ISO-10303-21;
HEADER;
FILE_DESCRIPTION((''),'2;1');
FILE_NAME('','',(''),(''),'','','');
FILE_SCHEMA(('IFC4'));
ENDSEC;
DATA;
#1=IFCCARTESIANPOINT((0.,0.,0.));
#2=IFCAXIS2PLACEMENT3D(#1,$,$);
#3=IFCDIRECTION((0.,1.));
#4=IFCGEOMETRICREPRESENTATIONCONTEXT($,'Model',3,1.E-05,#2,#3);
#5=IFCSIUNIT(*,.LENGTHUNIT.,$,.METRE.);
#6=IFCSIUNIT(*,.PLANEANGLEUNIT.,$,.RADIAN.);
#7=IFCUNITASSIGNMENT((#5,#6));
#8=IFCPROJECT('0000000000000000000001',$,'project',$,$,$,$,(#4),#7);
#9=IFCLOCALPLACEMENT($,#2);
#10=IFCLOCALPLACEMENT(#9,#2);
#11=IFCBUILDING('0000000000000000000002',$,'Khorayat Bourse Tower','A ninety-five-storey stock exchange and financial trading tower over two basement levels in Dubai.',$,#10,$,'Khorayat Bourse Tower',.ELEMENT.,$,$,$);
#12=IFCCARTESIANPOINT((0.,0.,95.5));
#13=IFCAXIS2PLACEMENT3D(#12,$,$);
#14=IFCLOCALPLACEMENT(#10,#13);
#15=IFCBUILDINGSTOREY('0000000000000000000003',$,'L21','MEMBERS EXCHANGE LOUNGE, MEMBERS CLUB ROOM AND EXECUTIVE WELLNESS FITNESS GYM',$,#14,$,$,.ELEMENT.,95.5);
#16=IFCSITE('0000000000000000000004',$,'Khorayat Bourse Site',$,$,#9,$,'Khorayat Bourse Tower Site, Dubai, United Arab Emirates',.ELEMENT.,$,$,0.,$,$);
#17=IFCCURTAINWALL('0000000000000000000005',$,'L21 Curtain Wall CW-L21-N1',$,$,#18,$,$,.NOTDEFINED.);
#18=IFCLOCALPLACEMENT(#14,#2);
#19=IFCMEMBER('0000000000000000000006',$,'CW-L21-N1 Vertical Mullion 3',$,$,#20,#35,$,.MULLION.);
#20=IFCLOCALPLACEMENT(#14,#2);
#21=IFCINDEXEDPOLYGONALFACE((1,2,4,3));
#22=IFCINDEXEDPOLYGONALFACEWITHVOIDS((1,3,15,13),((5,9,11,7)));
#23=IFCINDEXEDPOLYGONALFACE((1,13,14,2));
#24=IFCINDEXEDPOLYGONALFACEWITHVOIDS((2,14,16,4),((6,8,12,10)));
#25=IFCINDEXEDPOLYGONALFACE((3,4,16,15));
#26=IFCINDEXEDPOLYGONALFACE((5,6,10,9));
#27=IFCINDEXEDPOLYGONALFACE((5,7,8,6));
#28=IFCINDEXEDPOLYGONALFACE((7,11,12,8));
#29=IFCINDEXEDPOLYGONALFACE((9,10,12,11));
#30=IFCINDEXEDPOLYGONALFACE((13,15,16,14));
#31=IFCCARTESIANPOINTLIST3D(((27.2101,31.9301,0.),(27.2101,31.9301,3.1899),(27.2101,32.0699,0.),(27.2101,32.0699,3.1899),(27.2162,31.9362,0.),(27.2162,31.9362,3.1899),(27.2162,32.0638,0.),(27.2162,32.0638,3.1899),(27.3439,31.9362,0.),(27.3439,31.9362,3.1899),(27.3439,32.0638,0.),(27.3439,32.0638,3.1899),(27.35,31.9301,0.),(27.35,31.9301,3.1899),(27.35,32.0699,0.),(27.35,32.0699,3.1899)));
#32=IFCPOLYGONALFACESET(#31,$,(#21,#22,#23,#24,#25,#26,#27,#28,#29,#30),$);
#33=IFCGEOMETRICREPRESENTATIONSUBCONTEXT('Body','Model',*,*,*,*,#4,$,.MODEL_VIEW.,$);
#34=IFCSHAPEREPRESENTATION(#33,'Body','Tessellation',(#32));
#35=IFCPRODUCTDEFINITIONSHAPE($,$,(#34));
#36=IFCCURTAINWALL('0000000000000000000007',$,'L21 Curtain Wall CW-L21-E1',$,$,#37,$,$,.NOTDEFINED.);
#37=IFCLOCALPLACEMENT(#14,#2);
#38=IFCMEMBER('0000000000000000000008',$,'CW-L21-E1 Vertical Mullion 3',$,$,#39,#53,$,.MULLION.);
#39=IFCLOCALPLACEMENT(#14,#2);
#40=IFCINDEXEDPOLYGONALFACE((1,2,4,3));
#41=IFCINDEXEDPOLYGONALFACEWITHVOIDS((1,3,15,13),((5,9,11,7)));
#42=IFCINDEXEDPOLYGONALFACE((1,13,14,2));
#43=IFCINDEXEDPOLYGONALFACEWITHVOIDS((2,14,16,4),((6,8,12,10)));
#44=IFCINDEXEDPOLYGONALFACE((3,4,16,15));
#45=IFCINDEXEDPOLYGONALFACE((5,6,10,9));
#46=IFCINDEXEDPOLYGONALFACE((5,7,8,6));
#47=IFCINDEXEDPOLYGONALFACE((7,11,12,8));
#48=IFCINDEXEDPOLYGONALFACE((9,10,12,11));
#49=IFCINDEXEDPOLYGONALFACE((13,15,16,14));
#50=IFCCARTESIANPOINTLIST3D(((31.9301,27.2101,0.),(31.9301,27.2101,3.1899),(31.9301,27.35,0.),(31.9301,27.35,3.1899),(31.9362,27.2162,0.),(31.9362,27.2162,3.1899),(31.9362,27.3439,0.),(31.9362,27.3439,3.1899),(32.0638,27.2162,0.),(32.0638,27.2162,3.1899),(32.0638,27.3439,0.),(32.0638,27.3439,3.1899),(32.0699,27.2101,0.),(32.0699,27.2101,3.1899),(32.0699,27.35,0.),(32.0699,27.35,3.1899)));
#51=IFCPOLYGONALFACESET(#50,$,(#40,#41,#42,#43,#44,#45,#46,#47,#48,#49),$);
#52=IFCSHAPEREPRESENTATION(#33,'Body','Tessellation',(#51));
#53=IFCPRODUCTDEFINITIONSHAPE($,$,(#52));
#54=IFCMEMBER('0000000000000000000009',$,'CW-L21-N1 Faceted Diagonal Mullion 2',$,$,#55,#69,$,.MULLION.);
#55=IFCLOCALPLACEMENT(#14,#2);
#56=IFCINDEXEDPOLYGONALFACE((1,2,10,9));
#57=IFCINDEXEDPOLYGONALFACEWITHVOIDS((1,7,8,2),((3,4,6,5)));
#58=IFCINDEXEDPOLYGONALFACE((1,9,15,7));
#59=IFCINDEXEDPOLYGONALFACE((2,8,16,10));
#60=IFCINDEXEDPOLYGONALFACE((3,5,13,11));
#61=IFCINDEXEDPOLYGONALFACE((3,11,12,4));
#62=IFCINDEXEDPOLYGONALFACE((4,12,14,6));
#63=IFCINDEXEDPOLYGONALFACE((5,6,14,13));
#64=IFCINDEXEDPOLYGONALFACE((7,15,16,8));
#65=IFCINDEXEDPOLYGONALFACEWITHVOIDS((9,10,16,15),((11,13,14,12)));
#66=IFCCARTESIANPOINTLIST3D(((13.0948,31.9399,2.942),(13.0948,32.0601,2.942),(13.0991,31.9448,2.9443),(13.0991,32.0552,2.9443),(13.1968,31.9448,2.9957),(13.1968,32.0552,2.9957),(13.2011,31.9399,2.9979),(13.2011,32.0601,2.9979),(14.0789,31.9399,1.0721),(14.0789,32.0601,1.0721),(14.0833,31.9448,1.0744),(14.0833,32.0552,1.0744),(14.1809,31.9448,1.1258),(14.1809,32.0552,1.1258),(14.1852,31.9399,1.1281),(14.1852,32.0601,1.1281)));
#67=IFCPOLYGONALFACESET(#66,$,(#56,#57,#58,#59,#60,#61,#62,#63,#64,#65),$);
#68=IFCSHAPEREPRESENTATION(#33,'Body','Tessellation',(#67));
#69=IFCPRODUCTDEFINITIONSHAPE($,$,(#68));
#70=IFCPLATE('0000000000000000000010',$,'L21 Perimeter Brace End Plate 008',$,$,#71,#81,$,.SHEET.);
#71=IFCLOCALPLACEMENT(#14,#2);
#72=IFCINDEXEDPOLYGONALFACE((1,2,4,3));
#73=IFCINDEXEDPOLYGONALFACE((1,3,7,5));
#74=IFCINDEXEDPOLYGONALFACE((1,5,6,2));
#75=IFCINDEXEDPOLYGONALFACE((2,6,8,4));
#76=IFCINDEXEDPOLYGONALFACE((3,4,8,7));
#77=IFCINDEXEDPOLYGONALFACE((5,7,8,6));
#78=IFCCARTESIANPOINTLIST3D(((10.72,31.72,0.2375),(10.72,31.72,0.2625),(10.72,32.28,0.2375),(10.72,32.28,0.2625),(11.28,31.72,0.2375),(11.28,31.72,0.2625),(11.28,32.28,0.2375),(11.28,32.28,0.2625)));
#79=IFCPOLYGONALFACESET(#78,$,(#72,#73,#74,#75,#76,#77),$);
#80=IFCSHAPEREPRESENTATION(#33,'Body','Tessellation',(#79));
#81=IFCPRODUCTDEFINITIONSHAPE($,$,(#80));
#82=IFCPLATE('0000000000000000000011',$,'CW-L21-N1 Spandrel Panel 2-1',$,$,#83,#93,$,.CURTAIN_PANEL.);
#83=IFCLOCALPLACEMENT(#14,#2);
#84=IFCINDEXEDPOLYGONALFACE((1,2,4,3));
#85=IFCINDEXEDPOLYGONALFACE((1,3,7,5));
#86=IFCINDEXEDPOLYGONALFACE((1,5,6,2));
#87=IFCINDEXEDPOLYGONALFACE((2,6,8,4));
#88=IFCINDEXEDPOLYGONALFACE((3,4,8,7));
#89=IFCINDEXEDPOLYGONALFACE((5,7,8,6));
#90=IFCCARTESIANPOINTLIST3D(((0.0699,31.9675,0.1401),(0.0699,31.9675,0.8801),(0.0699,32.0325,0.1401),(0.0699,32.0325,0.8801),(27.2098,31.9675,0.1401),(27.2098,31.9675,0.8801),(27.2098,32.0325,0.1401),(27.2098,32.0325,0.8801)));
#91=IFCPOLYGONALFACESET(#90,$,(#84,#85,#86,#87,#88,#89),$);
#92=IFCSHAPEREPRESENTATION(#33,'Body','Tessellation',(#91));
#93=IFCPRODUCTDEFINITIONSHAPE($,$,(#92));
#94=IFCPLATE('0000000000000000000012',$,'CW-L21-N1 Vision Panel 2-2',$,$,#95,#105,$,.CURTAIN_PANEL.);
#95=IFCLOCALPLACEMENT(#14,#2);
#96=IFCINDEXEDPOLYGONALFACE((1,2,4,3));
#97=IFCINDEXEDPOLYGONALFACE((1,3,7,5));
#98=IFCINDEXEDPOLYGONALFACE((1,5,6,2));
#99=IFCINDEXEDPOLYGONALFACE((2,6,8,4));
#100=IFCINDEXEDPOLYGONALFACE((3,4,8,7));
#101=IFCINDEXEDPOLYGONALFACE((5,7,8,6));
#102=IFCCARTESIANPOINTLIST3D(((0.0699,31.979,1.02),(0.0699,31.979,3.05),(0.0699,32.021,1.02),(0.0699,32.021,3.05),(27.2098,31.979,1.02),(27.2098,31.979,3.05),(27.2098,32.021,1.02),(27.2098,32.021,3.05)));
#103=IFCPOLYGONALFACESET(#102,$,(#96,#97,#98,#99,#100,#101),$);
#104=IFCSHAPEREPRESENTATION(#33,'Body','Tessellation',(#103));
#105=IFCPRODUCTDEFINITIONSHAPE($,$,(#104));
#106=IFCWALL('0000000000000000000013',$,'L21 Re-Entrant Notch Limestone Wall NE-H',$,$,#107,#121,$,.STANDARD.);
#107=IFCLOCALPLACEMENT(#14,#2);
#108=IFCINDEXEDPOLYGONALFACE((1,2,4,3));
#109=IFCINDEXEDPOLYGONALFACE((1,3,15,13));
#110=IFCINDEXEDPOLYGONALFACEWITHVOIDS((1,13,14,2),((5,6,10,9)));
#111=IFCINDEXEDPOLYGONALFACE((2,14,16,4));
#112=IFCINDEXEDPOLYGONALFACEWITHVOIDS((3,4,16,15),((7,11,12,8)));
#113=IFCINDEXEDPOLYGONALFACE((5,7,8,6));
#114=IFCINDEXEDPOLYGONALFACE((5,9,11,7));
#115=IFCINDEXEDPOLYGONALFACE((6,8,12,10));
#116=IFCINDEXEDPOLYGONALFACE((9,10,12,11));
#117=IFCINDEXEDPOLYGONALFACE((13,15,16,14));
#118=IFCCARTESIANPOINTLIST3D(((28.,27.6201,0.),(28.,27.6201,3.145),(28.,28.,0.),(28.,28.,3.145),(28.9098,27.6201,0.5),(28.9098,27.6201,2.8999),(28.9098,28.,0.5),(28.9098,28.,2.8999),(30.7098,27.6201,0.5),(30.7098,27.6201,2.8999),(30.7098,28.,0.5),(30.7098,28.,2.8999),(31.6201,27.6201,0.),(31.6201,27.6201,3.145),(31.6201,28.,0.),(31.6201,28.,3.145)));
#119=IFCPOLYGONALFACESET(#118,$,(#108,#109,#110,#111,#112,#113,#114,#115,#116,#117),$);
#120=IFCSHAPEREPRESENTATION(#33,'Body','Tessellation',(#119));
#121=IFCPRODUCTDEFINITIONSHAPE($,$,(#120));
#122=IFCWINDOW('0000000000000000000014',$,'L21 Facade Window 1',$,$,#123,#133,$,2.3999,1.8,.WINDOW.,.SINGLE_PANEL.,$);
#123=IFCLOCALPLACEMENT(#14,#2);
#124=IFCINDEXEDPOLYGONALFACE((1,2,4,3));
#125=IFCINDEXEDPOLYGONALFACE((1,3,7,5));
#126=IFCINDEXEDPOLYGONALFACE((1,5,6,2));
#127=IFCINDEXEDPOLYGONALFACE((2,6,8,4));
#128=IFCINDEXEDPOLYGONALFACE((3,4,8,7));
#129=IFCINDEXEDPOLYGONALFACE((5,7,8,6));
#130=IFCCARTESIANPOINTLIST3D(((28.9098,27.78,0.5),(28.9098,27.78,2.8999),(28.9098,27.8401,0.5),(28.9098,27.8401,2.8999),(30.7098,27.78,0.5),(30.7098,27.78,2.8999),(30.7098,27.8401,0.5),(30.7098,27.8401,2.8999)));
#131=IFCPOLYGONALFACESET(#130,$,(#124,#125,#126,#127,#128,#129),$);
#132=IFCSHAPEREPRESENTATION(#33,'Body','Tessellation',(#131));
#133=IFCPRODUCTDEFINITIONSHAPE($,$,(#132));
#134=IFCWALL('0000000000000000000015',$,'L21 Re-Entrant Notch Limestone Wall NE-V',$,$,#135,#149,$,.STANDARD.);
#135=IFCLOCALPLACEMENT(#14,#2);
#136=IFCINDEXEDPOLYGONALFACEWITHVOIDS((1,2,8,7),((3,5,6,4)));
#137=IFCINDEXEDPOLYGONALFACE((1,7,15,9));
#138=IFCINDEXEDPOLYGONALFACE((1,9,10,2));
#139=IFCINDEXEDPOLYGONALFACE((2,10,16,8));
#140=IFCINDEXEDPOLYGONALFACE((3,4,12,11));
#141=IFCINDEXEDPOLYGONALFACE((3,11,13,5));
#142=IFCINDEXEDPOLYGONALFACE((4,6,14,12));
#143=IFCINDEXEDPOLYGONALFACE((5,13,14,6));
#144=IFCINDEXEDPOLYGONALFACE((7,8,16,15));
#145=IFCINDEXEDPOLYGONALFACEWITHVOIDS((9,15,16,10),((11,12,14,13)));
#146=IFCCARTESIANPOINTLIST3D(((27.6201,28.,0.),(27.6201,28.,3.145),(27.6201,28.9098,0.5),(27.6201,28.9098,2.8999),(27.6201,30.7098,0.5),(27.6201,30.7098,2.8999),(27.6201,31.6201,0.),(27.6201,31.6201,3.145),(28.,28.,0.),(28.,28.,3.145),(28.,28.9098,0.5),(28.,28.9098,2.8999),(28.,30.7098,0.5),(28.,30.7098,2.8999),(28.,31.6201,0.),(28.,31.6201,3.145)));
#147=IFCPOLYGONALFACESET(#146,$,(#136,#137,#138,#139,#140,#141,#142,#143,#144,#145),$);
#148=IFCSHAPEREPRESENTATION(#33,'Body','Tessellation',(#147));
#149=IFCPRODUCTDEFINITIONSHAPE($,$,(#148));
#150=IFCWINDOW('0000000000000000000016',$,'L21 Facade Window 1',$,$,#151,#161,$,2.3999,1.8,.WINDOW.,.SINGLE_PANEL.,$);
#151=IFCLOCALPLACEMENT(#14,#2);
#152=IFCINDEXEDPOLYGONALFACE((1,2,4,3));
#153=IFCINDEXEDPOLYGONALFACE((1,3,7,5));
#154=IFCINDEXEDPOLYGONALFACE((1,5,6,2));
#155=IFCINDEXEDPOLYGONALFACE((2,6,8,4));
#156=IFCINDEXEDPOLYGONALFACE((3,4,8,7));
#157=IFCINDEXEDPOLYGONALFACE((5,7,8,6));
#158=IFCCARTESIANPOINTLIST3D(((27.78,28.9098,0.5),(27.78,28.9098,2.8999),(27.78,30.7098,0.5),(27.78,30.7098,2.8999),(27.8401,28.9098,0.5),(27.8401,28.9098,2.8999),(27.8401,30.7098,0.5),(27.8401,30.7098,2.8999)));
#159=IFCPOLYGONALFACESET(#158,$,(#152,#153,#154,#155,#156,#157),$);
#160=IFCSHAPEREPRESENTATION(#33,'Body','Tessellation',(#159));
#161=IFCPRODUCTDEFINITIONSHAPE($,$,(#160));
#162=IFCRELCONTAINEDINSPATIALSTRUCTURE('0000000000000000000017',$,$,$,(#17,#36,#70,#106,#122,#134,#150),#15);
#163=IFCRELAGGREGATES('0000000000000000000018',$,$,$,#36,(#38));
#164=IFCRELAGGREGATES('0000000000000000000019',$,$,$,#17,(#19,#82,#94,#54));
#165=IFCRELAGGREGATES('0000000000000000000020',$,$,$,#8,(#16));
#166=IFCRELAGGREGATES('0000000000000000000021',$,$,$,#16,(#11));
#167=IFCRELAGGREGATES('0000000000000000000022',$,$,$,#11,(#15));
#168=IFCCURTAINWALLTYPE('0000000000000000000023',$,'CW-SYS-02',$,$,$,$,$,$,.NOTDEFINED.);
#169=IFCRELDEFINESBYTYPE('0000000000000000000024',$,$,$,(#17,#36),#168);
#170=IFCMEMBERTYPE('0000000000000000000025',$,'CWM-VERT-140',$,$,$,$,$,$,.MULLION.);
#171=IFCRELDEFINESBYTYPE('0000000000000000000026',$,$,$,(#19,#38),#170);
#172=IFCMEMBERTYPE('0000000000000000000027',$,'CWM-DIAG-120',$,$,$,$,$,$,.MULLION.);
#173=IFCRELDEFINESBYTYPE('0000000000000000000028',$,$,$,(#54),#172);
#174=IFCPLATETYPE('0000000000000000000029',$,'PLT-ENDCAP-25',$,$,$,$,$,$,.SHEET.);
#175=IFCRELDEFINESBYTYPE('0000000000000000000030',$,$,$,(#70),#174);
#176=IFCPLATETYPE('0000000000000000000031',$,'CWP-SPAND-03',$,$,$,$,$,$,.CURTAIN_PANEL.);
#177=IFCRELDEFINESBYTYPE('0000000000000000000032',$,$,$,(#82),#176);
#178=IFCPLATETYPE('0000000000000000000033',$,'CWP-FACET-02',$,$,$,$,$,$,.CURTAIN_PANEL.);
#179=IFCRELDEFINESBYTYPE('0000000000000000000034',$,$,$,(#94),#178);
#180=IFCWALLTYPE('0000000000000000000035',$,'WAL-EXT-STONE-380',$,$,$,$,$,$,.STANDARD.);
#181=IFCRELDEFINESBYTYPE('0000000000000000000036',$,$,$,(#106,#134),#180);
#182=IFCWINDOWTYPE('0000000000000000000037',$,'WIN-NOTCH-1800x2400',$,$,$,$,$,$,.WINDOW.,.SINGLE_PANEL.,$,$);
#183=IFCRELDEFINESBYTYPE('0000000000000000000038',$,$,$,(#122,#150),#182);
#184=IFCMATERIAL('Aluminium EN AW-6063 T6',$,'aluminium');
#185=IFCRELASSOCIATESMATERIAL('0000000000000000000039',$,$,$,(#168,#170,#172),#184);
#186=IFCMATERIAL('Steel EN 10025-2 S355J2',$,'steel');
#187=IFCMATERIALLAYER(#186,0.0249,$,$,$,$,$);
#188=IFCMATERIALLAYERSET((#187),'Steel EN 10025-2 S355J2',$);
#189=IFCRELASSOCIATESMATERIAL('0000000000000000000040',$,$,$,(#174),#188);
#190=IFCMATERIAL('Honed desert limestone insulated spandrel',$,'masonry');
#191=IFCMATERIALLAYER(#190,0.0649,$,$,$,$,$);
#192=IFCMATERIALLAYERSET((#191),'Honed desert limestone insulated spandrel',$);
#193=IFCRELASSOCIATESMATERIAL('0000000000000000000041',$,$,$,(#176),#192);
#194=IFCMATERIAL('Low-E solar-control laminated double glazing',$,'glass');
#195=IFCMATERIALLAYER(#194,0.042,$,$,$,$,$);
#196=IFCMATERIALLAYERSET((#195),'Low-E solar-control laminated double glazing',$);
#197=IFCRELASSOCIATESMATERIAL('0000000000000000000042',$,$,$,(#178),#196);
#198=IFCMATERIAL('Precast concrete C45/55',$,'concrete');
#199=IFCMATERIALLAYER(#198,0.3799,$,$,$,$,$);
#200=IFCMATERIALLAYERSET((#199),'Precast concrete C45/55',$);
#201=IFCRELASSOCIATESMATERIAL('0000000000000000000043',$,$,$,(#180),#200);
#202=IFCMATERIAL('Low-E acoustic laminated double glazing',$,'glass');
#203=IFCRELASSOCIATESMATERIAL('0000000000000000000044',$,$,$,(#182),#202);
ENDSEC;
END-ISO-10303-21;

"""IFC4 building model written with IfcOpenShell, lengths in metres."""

from ifc_helpers import new_model, si_unit, direction, frame, frame_2d, origin, origin_2d, place, context, subcontext, project, spatial, rectangle, hollow_rectangle, extrude, source, transform, mapped, material, layer, layer_set, material_profile, profile_set, type_object, element, fill, aggregate, save


model = new_model("IFC4")

# Units and contexts
model_context = context("Model", 3, precision=1e-05, world=origin(), true_north=direction((0.0, 1.0)))
body_context = subcontext(model_context, "Body", "Model", "MODEL_VIEW")
ifc_project = project(units=[si_unit("LENGTHUNIT", "METRE"), si_unit("PLANEANGLEUNIT", "RADIAN")], contexts=[model_context])

# Site, building, storey
site_placement = place(None, origin())
site = spatial("IfcSite", under=ifc_project, at=site_placement, Name="Khorayat Bourse Site", LongName="Khorayat Bourse Tower Site, Dubai, United Arab Emirates", CompositionType="ELEMENT", RefElevation=0.0)
building_placement = place(site_placement, origin())
building = spatial("IfcBuilding", under=site, at=building_placement, Name="Khorayat Bourse Tower", Description="A ninety-five-storey stock exchange and financial trading tower over two basement levels in Dubai.", LongName="Khorayat Bourse Tower", CompositionType="ELEMENT")
storey_placement = place(building_placement, frame((0.0, 0.0, 95.5)))
storey = spatial("IfcBuildingStorey", under=building, at=storey_placement, Name="L21", Description="MEMBERS EXCHANGE LOUNGE, MEMBERS CLUB ROOM AND EXECUTIVE WELLNESS FITNESS GYM", CompositionType="ELEMENT", Elevation=95.5)

# Curtain walls, members
ifc_material_1 = material(Name="Aluminium EN AW-6063 T6", Category="aluminium")
curtain_wall_type = type_object("IfcCurtainWallType", Name="CW-SYS-02", PredefinedType="NOTDEFINED", material=ifc_material_1)
curtain_wall_1_placement = place(storey_placement, origin())
curtain_wall_1 = element("IfcCurtainWall", 1, at=curtain_wall_1_placement, inside=storey, type_object=curtain_wall_type, Name="L21 Curtain Wall CW-L21-N1", PredefinedType="NOTDEFINED")
ifc_material_profile_1 = material_profile(ifc_material_1, hollow_rectangle(XDim=0.1399, YDim=0.1399, WallThickness=0.0061, at=origin_2d()), Name="ALU 140x140x6")
ifc_profile_set_1 = profile_set([ifc_material_profile_1], Name="Aluminium EN AW-6063 T6")
member_type_1 = type_object("IfcMemberType", Name="CWM-VERT-140", PredefinedType="MULLION", material=ifc_profile_set_1)
shared_shape_1 = source(origin(), body_context, "Body", "SweptSolid", [
    extrude(hollow_rectangle(XDim=0.1399, YDim=0.1399, WallThickness=0.0061, at=origin_2d()), origin(), (0.0, 0.0, 1.0), 3.1899),
])
member_1_placement = place(storey_placement, frame((27.28, 32.0, 0.0), z_axis=(0.0, 0.0, 1.0), x_axis=(0.0, 1.0, 0.0)))
member_1 = element("IfcMember", 2, at=member_1_placement, type_object=member_type_1, Name="CW-L21-N1 Vertical Mullion 3", PredefinedType="MULLION", context=body_context, shape_type="MappedRepresentation", body=[
    mapped(shared_shape_1, transform((0.0, 0.0, 0.0), scale=1.0)),
])
curtain_wall_2_placement = place(storey_placement, origin())
curtain_wall_2 = element("IfcCurtainWall", 3, at=curtain_wall_2_placement, inside=storey, type_object=curtain_wall_type, Name="L21 Curtain Wall CW-L21-E1", PredefinedType="NOTDEFINED")
member_2_placement = place(storey_placement, frame((32.0, 27.28, 0.0), z_axis=(0.0, 0.0, 1.0), x_axis=(-1.0, 0.0, 0.0)))
member_2 = element("IfcMember", 4, at=member_2_placement, type_object=member_type_1, Name="CW-L21-E1 Vertical Mullion 3", PredefinedType="MULLION", context=body_context, shape_type="MappedRepresentation", body=[
    mapped(shared_shape_1, transform((0.0, 0.0, 0.0), scale=1.0)),
])
aggregate(curtain_wall_2, [member_2])

# Member
ifc_material_profile_2 = material_profile(ifc_material_1, hollow_rectangle(XDim=0.1201, YDim=0.1201, WallThickness=0.0049, at=origin_2d()), Name="ALU 120x120x5")
ifc_profile_set_2 = profile_set([ifc_material_profile_2], Name="Aluminium EN AW-6063 T6")
member_type_2 = type_object("IfcMemberType", Name="CWM-DIAG-120", PredefinedType="MULLION", material=ifc_profile_set_2)
shared_shape_2 = source(origin(), body_context, "Body", "SweptSolid", [
    extrude(hollow_rectangle(XDim=0.1201, YDim=0.1201, WallThickness=0.0049, at=origin_2d()), origin(), (0.0, 0.0, 1.0), 2.113),
])
member_3_placement = place(storey_placement, frame((14.1321, 32.0, 1.1001), z_axis=(-0.465742, 0.0, 0.884921), x_axis=(0.0, -1.0, 0.0)))
member_3 = element("IfcMember", 5, at=member_3_placement, type_object=member_type_2, Name="CW-L21-N1 Faceted Diagonal Mullion 2", PredefinedType="MULLION", context=body_context, shape_type="MappedRepresentation", body=[
    mapped(shared_shape_2, transform((0.0, 0.0, 0.0), scale=1.0)),
])

# Plates
ifc_material_2 = material(Name="Steel EN 10025-2 S355J2", Category="steel")
ifc_layer_1 = layer(ifc_material_2, 0.0249)
ifc_layer_set_1 = layer_set([ifc_layer_1], Name="Steel EN 10025-2 S355J2")
plate_type_1 = type_object("IfcPlateType", Name="PLT-ENDCAP-25", PredefinedType="SHEET", material=ifc_layer_set_1)
shared_shape_3 = source(origin(), body_context, "Body", "SweptSolid", [
    extrude(rectangle(XDim=0.5601, YDim=0.5601, at=origin_2d()), origin(), (0.0, 0.0, 1.0), 0.0249),
])
plate_1_placement = place(storey_placement, frame((11.0, 32.0, 0.2375), z_axis=(0.0, 0.0, 1.0), x_axis=(1.0, 0.0, 0.0)))
element("IfcPlate", 6, at=plate_1_placement, inside=storey, type_object=plate_type_1, Name="L21 Perimeter Brace End Plate 008", PredefinedType="SHEET", context=body_context, shape_type="MappedRepresentation", body=[
    mapped(shared_shape_3, transform((0.0, 0.0, 0.0), scale=1.0)),
])
ifc_material_3 = material(Name="Honed desert limestone insulated spandrel", Category="masonry")
ifc_layer_2 = layer(ifc_material_3, 0.0649)
ifc_layer_set_2 = layer_set([ifc_layer_2], Name="Honed desert limestone insulated spandrel")
plate_type_2 = type_object("IfcPlateType", Name="CWP-SPAND-03", PredefinedType="CURTAIN_PANEL", material=ifc_layer_set_2)
shared_shape_4 = source(origin(), body_context, "Body", "SweptSolid", [
    extrude(rectangle(XDim=27.1399, YDim=0.0649, at=origin_2d()), origin(), (0.0, 0.0, 1.0), 0.74),
])
plate_2_placement = place(storey_placement, frame((13.6399, 32.0, 0.1401), z_axis=(0.0, 0.0, 1.0), x_axis=(1.0, 0.0, 0.0)))
plate_2 = element("IfcPlate", 7, at=plate_2_placement, type_object=plate_type_2, Name="CW-L21-N1 Spandrel Panel 2-1", PredefinedType="CURTAIN_PANEL", context=body_context, shape_type="MappedRepresentation", body=[
    mapped(shared_shape_4, transform((0.0, 0.0, 0.0), scale=1.0)),
])
ifc_material_4 = material(Name="Low-E solar-control laminated double glazing", Category="glass")
ifc_layer_3 = layer(ifc_material_4, 0.042)
ifc_layer_set_3 = layer_set([ifc_layer_3], Name="Low-E solar-control laminated double glazing")
plate_type_3 = type_object("IfcPlateType", Name="CWP-FACET-02", PredefinedType="CURTAIN_PANEL", material=ifc_layer_set_3)
shared_shape_5 = source(origin(), body_context, "Body", "SweptSolid", [
    extrude(rectangle(XDim=27.1399, YDim=0.042, at=origin_2d()), origin(), (0.0, 0.0, 1.0), 2.03),
])
plate_3_placement = place(storey_placement, frame((13.6399, 32.0, 1.02), z_axis=(0.0, 0.0, 1.0), x_axis=(1.0, 0.0, 0.0)))
plate_3 = element("IfcPlate", 8, at=plate_3_placement, type_object=plate_type_3, Name="CW-L21-N1 Vision Panel 2-2", PredefinedType="CURTAIN_PANEL", context=body_context, shape_type="MappedRepresentation", body=[
    mapped(shared_shape_5, transform((0.0, 0.0, 0.0), scale=1.0)),
])
aggregate(curtain_wall_1, [member_1, plate_2, plate_3, member_3])

# Walls, openings, windows
ifc_material_5 = material(Name="Precast concrete C45/55", Category="concrete")
ifc_layer_4 = layer(ifc_material_5, 0.3799)
ifc_layer_set_4 = layer_set([ifc_layer_4], Name="Precast concrete C45/55")
wall_type_1 = type_object("IfcWallType", Name="WAL-EXT-STONE-380", PredefinedType="STANDARD", material=ifc_layer_set_4)
shared_shape_6 = source(origin(), body_context, "Body", "SweptSolid", [
    extrude(rectangle(XDim=3.6201, YDim=0.3799, at=frame_2d((1.8101, 0.0))), origin(), (0.0, 0.0, 1.0), 3.145),
])
wall_1_placement = place(storey_placement, frame((28.0, 27.8101, 0.0), z_axis=(0.0, 0.0, 1.0), x_axis=(1.0, 0.0, 0.0)))
wall_1 = element("IfcWall", 9, at=wall_1_placement, inside=storey, type_object=wall_type_1, Name="L21 Re-Entrant Notch Limestone Wall NE-H", PredefinedType="STANDARD", context=body_context, shape_type="MappedRepresentation", body=[
    mapped(shared_shape_6, transform((0.0, 0.0, 0.0), scale=1.0)),
])
shared_shape_7 = source(origin(), body_context, "Body", "SweptSolid", [
    extrude(rectangle(XDim=1.8, YDim=2.3999, at=frame_2d((0.8999, 1.2))), frame((0.0, 0.2, 0.0), z_axis=(0.0, -1.0, 0.0), x_axis=(1.0, 0.0, 0.0)), (0.0, 0.0, 1.0), 0.3999),
])
opening_1_placement = place(wall_1_placement, frame((0.9099, 0.0, 0.5)))
opening_1 = element("IfcOpeningElement", 10, at=opening_1_placement, cuts=wall_1, PredefinedType="OPENING", context=body_context, shape_type="MappedRepresentation", body=[
    mapped(shared_shape_7, transform((0.0, 0.0, 0.0), scale=1.0)),
])
ifc_material_6 = material(Name="Low-E acoustic laminated double glazing", Category="glass")
window_type = type_object("IfcWindowType", Name="WIN-NOTCH-1800x2400", PartitioningType="SINGLE_PANEL", PredefinedType="WINDOW", material=ifc_material_6)
shared_shape_8 = source(origin(), body_context, "Body", "SweptSolid", [
    extrude(rectangle(XDim=1.8, YDim=2.3999, at=frame_2d((0.8999, 1.2))), frame((0.0, 0.03, 0.0), z_axis=(0.0, -1.0, 0.0), x_axis=(1.0, 0.0, 0.0)), (0.0, 0.0, 1.0), 0.0601),
])
window_1_placement = place(opening_1_placement, origin())
window_1 = element("IfcWindow", 11, at=window_1_placement, inside=storey, type_object=window_type, Name="L21 Facade Window 1", OverallHeight=2.3999, OverallWidth=1.8, PartitioningType="SINGLE_PANEL", PredefinedType="WINDOW", context=body_context, shape_type="MappedRepresentation", body=[
    mapped(shared_shape_8, transform((0.0, 0.0, 0.0), scale=1.0)),
])
fill(opening_1, window_1)
wall_2_placement = place(storey_placement, frame((27.8101, 28.0, 0.0), z_axis=(0.0, 0.0, 1.0), x_axis=(0.0, 1.0, 0.0)))
wall_2 = element("IfcWall", 12, at=wall_2_placement, inside=storey, type_object=wall_type_1, Name="L21 Re-Entrant Notch Limestone Wall NE-V", PredefinedType="STANDARD", context=body_context, shape_type="MappedRepresentation", body=[
    mapped(shared_shape_6, transform((0.0, 0.0, 0.0), scale=1.0)),
])
opening_2_placement = place(wall_2_placement, frame((0.9099, 0.0, 0.5)))
opening_2 = element("IfcOpeningElement", 13, at=opening_2_placement, cuts=wall_2, PredefinedType="OPENING", context=body_context, shape_type="MappedRepresentation", body=[
    mapped(shared_shape_7, transform((0.0, 0.0, 0.0), scale=1.0)),
])
window_2_placement = place(opening_2_placement, origin())
window_2 = element("IfcWindow", 14, at=window_2_placement, inside=storey, type_object=window_type, Name="L21 Facade Window 1", OverallHeight=2.3999, OverallWidth=1.8, PartitioningType="SINGLE_PANEL", PredefinedType="WINDOW", context=body_context, shape_type="MappedRepresentation", body=[
    mapped(shared_shape_8, transform((0.0, 0.0, 0.0), scale=1.0)),
])
fill(opening_2, window_2)

save(model, "model.ifc")
